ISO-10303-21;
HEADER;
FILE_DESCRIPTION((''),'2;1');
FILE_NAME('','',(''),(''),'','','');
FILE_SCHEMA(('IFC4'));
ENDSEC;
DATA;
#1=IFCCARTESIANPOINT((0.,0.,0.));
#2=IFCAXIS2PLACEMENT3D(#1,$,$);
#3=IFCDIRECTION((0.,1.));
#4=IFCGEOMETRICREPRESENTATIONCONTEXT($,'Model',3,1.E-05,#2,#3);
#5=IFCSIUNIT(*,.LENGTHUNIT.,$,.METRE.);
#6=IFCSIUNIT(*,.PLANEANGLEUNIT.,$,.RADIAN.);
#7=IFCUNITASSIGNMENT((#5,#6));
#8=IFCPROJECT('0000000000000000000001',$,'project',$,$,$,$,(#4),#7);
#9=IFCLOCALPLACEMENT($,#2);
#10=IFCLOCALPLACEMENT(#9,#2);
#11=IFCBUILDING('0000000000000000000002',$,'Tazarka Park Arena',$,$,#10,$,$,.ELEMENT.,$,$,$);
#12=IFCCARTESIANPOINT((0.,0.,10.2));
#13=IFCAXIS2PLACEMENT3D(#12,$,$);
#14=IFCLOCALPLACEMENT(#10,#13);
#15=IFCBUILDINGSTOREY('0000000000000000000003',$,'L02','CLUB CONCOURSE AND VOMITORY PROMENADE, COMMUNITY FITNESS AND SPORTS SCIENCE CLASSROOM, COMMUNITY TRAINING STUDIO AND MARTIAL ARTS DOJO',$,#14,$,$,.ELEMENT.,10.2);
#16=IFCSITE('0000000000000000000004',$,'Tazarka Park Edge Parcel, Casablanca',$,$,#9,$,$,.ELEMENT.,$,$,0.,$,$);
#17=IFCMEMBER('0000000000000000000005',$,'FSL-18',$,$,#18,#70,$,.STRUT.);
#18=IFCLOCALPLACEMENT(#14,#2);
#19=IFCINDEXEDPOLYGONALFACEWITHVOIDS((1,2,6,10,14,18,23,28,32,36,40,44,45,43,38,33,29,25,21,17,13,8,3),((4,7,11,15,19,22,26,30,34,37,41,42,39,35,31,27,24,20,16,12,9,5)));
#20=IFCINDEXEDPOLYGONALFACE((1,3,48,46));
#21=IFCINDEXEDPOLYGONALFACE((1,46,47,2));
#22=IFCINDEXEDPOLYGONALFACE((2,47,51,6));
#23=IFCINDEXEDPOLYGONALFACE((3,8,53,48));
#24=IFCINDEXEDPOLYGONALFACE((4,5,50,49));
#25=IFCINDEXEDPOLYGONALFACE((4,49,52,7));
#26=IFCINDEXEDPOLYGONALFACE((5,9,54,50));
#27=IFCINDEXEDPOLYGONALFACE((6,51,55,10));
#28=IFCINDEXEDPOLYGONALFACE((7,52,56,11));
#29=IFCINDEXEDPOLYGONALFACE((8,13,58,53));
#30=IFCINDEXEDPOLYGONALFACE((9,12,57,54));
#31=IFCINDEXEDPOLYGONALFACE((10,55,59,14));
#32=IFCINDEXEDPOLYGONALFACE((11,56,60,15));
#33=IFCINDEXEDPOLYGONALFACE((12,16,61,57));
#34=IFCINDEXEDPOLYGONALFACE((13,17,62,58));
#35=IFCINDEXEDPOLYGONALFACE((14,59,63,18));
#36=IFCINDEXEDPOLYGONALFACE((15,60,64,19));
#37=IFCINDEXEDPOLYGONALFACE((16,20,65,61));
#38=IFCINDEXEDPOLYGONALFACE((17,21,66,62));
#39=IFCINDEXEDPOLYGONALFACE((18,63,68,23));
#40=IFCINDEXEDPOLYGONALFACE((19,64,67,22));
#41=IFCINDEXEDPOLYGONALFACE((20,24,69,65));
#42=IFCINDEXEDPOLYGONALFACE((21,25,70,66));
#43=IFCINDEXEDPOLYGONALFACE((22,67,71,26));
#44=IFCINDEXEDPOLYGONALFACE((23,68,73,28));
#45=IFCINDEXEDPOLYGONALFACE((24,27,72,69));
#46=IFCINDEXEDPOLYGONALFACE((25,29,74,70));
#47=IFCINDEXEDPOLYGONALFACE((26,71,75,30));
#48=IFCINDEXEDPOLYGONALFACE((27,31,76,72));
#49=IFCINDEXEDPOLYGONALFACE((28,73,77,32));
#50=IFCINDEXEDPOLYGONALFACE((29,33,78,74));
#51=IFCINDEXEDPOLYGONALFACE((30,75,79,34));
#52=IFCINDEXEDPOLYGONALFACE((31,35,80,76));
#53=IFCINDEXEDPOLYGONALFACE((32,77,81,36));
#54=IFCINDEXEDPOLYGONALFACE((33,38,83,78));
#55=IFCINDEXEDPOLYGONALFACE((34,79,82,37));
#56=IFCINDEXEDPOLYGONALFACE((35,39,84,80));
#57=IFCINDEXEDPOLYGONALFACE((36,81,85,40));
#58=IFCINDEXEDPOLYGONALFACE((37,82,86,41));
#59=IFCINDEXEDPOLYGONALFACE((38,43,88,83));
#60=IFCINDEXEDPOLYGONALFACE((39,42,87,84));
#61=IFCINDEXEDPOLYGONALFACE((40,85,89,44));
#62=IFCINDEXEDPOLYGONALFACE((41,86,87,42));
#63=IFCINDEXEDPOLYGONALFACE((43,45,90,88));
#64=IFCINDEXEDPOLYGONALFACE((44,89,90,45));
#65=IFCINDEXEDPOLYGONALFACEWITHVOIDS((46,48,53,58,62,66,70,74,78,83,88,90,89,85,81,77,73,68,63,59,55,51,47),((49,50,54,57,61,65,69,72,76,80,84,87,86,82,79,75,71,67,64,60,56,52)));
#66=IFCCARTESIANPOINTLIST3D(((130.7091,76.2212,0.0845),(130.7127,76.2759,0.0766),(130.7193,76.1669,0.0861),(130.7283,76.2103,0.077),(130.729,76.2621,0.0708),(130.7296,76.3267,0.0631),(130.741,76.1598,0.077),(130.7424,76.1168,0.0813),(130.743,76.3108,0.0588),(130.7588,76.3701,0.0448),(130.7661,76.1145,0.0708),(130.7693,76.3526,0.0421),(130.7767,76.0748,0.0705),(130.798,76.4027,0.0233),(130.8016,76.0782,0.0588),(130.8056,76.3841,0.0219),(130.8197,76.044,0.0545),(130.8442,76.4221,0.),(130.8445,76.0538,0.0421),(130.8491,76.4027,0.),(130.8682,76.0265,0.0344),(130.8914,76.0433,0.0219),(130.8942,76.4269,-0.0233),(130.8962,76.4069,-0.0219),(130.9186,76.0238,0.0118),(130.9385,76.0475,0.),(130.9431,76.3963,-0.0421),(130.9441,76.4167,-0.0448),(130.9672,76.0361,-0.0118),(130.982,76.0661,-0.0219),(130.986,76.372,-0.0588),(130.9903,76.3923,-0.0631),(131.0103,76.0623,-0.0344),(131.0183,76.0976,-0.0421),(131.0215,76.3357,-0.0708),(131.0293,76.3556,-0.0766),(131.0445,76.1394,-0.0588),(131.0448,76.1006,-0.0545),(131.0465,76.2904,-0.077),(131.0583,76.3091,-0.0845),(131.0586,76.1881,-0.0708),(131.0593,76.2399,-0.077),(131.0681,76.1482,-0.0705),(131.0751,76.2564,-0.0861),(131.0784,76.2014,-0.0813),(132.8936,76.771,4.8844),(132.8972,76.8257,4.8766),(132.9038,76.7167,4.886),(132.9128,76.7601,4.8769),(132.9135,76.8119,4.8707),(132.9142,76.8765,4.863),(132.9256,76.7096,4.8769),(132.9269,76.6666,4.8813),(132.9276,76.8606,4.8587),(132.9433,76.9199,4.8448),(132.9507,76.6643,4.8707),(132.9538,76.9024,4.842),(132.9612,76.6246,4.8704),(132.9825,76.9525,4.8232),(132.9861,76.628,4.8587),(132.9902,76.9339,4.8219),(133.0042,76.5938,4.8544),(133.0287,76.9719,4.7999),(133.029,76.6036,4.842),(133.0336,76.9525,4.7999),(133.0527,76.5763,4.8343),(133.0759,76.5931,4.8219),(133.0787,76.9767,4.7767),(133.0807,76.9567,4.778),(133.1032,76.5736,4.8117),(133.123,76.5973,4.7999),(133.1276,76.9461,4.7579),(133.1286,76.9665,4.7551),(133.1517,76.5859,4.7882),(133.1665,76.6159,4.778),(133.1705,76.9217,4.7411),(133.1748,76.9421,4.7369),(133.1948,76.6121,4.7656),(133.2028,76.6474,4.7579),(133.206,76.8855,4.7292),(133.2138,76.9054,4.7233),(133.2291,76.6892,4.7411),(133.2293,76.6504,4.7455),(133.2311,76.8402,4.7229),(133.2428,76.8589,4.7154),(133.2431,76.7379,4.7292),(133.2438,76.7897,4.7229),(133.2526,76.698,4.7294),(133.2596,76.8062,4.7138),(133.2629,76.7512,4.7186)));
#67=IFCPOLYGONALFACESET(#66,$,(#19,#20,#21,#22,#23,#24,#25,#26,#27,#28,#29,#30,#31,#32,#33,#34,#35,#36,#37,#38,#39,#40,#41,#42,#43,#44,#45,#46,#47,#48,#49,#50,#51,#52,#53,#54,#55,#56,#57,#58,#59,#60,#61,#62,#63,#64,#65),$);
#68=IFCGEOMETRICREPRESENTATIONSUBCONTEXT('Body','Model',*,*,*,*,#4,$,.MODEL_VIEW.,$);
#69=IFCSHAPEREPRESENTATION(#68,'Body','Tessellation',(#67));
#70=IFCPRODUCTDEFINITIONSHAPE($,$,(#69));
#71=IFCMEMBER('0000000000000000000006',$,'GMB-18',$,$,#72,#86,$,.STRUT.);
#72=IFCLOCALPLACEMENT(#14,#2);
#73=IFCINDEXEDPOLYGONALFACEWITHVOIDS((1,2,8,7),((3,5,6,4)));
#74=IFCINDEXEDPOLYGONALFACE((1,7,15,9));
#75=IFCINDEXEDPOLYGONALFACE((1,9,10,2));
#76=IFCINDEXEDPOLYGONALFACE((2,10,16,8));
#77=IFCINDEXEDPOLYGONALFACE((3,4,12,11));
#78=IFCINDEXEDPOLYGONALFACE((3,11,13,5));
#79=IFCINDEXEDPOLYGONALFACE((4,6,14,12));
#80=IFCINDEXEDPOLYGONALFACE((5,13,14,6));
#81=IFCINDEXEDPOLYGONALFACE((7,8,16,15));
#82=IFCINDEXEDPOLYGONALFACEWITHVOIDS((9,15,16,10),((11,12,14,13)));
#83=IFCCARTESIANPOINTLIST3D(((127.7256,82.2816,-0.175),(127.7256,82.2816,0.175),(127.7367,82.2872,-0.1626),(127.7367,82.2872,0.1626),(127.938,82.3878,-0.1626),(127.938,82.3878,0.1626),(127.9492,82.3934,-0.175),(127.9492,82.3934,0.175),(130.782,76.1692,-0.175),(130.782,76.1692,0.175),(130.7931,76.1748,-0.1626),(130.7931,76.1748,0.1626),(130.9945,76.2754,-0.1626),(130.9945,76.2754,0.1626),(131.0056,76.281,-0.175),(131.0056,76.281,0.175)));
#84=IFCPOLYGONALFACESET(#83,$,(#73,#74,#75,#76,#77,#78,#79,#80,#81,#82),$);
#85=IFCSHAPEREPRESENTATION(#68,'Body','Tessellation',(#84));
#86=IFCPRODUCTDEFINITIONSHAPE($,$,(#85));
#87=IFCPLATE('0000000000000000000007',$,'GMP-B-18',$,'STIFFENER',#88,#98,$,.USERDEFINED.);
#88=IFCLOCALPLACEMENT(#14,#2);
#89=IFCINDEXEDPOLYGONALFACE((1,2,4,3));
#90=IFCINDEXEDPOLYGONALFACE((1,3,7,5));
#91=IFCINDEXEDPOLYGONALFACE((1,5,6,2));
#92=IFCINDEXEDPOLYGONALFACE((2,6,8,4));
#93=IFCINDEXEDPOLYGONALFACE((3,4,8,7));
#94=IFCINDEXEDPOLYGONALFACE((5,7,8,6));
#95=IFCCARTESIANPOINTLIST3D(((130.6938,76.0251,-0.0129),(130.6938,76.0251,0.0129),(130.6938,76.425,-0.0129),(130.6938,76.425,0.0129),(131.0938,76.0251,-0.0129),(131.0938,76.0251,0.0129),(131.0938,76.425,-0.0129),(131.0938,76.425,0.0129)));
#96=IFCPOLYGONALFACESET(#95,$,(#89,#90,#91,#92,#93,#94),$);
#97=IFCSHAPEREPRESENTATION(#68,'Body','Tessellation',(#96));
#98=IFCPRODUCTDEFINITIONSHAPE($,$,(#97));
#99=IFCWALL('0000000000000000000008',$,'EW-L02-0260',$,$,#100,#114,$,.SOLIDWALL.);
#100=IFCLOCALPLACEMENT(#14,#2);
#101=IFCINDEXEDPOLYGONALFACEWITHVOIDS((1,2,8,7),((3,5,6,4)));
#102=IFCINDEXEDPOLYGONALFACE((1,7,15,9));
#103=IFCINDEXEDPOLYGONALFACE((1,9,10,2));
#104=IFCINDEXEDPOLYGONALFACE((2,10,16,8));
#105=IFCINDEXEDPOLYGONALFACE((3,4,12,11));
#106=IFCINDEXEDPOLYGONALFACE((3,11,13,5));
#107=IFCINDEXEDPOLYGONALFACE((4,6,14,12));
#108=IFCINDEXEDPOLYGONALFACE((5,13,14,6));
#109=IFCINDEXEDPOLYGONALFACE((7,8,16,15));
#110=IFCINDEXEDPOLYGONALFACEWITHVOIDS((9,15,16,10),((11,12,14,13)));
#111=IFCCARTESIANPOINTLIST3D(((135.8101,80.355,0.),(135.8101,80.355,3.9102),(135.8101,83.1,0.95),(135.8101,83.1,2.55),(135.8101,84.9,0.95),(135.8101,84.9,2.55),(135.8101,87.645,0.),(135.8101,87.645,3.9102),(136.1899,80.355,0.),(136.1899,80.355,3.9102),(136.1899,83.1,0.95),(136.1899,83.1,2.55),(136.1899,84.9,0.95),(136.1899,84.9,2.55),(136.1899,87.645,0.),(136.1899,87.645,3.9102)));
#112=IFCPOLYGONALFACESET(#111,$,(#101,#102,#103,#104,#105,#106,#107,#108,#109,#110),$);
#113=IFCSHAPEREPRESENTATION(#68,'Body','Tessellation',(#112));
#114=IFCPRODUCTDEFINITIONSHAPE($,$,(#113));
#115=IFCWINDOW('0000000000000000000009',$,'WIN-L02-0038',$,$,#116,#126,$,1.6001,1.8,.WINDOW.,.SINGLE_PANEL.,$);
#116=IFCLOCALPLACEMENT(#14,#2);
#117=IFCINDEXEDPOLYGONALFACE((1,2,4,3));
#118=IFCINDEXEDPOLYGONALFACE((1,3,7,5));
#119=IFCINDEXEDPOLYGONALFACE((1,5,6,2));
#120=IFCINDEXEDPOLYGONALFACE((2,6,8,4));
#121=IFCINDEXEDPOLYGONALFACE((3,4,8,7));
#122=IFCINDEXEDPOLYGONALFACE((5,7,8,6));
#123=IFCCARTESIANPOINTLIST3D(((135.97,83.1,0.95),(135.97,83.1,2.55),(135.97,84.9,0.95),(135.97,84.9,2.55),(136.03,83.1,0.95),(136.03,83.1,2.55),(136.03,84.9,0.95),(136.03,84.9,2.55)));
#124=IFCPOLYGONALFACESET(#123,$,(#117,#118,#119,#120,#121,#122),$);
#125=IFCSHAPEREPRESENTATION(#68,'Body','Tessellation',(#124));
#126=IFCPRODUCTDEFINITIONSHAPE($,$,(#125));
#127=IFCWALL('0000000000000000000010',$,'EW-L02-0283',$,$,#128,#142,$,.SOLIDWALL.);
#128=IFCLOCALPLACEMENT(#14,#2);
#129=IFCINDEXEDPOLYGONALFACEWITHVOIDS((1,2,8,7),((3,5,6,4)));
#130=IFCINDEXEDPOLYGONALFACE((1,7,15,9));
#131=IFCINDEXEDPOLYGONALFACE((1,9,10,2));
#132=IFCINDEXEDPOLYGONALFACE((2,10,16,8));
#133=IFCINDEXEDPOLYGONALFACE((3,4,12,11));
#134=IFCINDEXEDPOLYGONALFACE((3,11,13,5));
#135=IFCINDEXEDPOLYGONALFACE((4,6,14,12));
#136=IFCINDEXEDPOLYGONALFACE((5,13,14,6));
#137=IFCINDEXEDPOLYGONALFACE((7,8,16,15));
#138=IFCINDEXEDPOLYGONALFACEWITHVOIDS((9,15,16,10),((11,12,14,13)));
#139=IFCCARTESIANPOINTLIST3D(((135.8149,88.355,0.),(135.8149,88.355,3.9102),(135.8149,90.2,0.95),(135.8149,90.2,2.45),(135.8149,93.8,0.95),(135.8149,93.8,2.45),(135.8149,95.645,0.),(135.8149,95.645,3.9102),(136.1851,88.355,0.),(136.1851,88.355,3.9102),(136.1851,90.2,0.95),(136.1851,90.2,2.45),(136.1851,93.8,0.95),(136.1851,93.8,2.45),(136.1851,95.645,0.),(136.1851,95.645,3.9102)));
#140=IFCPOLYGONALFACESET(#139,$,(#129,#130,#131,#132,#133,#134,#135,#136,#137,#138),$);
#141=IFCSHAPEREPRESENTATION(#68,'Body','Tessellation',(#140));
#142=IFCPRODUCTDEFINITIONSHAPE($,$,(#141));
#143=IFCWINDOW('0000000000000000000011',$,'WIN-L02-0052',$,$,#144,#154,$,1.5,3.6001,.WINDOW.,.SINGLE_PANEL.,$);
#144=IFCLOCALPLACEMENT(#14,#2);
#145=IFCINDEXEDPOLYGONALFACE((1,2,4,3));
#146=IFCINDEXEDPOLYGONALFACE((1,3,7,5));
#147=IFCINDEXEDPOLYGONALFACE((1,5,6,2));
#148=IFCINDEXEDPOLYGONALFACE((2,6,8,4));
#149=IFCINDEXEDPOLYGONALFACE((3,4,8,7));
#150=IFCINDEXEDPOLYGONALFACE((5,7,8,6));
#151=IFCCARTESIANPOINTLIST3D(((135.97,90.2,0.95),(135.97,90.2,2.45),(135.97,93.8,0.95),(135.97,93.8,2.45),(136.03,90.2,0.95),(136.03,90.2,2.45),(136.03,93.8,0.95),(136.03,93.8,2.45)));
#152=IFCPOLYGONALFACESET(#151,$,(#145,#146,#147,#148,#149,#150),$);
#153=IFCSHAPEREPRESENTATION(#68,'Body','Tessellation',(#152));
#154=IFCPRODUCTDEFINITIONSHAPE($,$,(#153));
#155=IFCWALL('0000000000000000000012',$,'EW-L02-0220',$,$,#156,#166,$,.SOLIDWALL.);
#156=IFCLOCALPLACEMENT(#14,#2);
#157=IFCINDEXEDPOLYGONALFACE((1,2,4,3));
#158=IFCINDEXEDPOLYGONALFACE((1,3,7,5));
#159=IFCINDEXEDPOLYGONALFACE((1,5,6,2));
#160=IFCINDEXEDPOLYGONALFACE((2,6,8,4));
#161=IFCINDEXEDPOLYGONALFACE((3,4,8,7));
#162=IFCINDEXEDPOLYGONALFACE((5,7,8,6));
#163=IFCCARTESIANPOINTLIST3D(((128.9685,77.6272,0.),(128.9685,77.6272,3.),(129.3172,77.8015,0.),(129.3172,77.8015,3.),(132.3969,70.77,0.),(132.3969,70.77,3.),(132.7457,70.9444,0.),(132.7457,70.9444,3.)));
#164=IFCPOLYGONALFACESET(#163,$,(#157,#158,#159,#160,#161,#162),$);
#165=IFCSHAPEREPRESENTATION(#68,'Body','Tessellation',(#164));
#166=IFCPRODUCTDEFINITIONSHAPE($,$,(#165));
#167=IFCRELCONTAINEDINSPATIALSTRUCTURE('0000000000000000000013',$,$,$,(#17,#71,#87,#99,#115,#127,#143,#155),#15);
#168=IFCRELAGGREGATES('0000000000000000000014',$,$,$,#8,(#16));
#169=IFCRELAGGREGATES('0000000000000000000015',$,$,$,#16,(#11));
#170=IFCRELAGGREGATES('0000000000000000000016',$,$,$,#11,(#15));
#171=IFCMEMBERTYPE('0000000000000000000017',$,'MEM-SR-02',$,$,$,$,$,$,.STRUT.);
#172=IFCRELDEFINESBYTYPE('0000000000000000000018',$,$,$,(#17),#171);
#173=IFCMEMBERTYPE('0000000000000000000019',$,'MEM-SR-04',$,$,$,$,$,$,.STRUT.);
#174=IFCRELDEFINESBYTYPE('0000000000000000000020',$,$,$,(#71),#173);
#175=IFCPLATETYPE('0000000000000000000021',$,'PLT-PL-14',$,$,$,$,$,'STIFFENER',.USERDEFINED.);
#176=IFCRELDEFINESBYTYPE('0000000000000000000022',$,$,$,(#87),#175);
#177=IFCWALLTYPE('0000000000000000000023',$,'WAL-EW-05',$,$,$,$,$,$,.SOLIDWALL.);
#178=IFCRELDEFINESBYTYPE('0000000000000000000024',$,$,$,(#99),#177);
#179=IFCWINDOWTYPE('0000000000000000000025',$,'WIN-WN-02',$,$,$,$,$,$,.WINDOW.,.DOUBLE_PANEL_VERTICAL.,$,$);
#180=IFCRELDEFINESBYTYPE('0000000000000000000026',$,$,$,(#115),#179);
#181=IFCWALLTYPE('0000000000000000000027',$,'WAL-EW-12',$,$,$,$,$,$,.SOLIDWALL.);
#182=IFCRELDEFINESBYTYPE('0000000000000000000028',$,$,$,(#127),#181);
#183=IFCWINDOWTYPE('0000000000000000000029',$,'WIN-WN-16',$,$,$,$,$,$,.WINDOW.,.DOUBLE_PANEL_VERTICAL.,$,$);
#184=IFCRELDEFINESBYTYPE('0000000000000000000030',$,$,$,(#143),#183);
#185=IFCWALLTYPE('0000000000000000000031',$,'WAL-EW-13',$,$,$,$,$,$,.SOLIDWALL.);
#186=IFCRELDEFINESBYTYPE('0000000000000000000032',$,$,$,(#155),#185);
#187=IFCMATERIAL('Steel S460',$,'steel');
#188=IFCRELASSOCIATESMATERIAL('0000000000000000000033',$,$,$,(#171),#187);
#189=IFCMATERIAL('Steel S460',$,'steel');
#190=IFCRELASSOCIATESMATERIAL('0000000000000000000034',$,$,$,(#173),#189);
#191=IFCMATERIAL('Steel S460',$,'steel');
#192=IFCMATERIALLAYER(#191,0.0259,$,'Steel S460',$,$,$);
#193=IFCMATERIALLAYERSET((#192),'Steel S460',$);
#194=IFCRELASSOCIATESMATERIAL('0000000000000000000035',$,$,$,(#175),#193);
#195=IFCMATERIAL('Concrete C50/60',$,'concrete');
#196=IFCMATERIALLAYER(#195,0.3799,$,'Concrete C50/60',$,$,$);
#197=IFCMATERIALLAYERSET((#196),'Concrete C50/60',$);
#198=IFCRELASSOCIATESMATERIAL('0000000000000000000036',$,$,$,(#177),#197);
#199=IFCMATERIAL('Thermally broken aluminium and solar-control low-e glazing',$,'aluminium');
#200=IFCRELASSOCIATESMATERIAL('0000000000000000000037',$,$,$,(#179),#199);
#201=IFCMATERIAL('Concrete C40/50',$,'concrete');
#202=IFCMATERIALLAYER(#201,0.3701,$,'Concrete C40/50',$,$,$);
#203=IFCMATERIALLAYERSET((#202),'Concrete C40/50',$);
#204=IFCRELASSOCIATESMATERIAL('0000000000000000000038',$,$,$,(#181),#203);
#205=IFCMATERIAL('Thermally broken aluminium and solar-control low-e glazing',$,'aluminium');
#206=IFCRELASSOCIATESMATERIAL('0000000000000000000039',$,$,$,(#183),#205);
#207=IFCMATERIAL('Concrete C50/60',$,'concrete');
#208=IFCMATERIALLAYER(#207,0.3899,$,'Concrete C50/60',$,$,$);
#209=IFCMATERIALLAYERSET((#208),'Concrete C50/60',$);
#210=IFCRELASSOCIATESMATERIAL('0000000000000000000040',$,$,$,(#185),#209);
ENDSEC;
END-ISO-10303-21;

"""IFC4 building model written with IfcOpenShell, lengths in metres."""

from ifc_helpers import new_model, si_unit, direction, frame, frame_2d, origin, origin_2d, place, context, subcontext, project, spatial, rectangle, hollow_rectangle, hollow_circle, extrude, material, layer, layer_set, material_profile, profile_set, type_object, element, fill, save


model = new_model("IFC4")

# Units and contexts
model_context = context("Model", 3, precision=1e-05, world=origin(), true_north=direction((0.0, 1.0)))
body_context = subcontext(model_context, "Body", "Model", "MODEL_VIEW")
ifc_project = project(units=[si_unit("LENGTHUNIT", "METRE"), si_unit("PLANEANGLEUNIT", "RADIAN")], contexts=[model_context])

# Site, building, storey
site_placement = place(None, origin())
site = spatial("IfcSite", under=ifc_project, at=site_placement, Name="Tazarka Park Edge Parcel, Casablanca", CompositionType="ELEMENT", RefElevation=0.0)
building_placement = place(site_placement, origin())
building = spatial("IfcBuilding", under=site, at=building_placement, Name="Tazarka Park Arena", CompositionType="ELEMENT")
storey_placement = place(building_placement, frame((0.0, 0.0, 10.2)))
storey = spatial("IfcBuildingStorey", under=building, at=storey_placement, Name="L02", Description="CLUB CONCOURSE AND VOMITORY PROMENADE, COMMUNITY FITNESS AND SPORTS SCIENCE CLASSROOM, COMMUNITY TRAINING STUDIO AND MARTIAL ARTS DOJO", CompositionType="ELEMENT", Elevation=10.2)

# Members
ifc_material_1 = material(Name="Steel S460", Category="steel")
ifc_material_profile_1 = material_profile(ifc_material_1, hollow_circle(Radius=0.2031, WallThickness=0.02, at=origin_2d()), Name="Steel S460")
ifc_profile_set_1 = profile_set([ifc_material_profile_1], Name="Steel S460")
member_type_1 = type_object("IfcMemberType", Name="MEM-SR-02", PredefinedType="STRUT", material=ifc_profile_set_1)
member_1_placement = place(storey_placement, frame((130.8938, 76.2251, 0.0), z_axis=(0.411999, 0.10369, 0.905265), x_axis=(-0.244065, 0.969759, 0.0)))
element("IfcMember", 1, at=member_1_placement, inside=storey, type_object=member_type_1, Name="FSL-18", PredefinedType="STRUT", context=body_context, shape_type="SweptSolid", body=[
    extrude(hollow_circle(Radius=0.2031, WallThickness=0.02, at=origin_2d()), origin(), (0.0, 0.0, 1.0), 5.3022),
])
ifc_material_2 = material(Name="Steel S460", Category="steel")
ifc_material_profile_2 = material_profile(ifc_material_2, hollow_rectangle(XDim=0.25, YDim=0.3501, WallThickness=0.0125, at=origin_2d()), Name="Steel S460")
ifc_profile_set_2 = profile_set([ifc_material_profile_2], Name="Steel S460")
member_type_2 = type_object("IfcMemberType", Name="MEM-SR-04", PredefinedType="STRUT", material=ifc_profile_set_2)
member_2_placement = place(storey_placement, frame((130.8938, 76.2251, 0.0), z_axis=(-0.447242, 0.894413, 0.0), x_axis=(-0.894413, -0.447242, 0.0)))
element("IfcMember", 2, at=member_2_placement, inside=storey, type_object=member_type_2, Name="GMB-18", PredefinedType="STRUT", context=body_context, shape_type="SweptSolid", body=[
    extrude(hollow_rectangle(XDim=0.25, YDim=0.3501, WallThickness=0.0125, at=origin_2d()), origin(), (0.0, 0.0, 1.0), 6.834),
])

# Plate
ifc_material_3 = material(Name="Steel S460", Category="steel")
ifc_layer_1 = layer(ifc_material_3, 0.0259, Name="Steel S460")
ifc_layer_set_1 = layer_set([ifc_layer_1], Name="Steel S460")
plate_type = type_object("IfcPlateType", Name="PLT-PL-14", ElementType="STIFFENER", PredefinedType="USERDEFINED", material=ifc_layer_set_1)
plate_placement = place(storey_placement, frame((130.8938, 76.2251, -0.0129), z_axis=(0.0, 0.0, 1.0), x_axis=(1.0, 0.0, 0.0)))
element("IfcPlate", 3, at=plate_placement, inside=storey, type_object=plate_type, Name="GMP-B-18", ObjectType="STIFFENER", PredefinedType="USERDEFINED", context=body_context, shape_type="SweptSolid", body=[
    extrude(rectangle(XDim=0.3999, YDim=0.3999, at=origin_2d()), origin(), (0.0, 0.0, 1.0), 0.0259),
])

# Walls, openings, windows
ifc_material_4 = material(Name="Concrete C50/60", Category="concrete")
ifc_layer_2 = layer(ifc_material_4, 0.3799, Name="Concrete C50/60")
ifc_layer_set_2 = layer_set([ifc_layer_2], Name="Concrete C50/60")
wall_type_1 = type_object("IfcWallType", Name="WAL-EW-05", PredefinedType="SOLIDWALL", material=ifc_layer_set_2)
wall_1_placement = place(storey_placement, frame((136.0, 80.355, 0.0), z_axis=(0.0, 0.0, 1.0), x_axis=(0.0, 1.0, 0.0)))
wall_1 = element("IfcWall", 4, at=wall_1_placement, inside=storey, type_object=wall_type_1, Name="EW-L02-0260", PredefinedType="SOLIDWALL", context=body_context, shape_type="SweptSolid", body=[
    extrude(rectangle(XDim=7.29, YDim=0.3799, at=frame_2d((3.645, 0.0))), origin(), (0.0, 0.0, 1.0), 3.9102),
])
opening_1_placement = place(wall_1_placement, frame((2.7451, 0.0, 0.95)))
opening_1 = element("IfcOpeningElement", 5, at=opening_1_placement, cuts=wall_1, PredefinedType="OPENING", context=body_context, shape_type="SweptSolid", body=[
    extrude(rectangle(XDim=1.8, YDim=1.6001, at=frame_2d((0.8999, 0.8))), frame((0.0, 0.2, 0.0), z_axis=(0.0, -1.0, 0.0), x_axis=(1.0, 0.0, 0.0)), (0.0, 0.0, 1.0), 0.3999),
])
ifc_material_5 = material(Name="Thermally broken aluminium and solar-control low-e glazing", Category="aluminium")
window_type_1 = type_object("IfcWindowType", Name="WIN-WN-02", PartitioningType="DOUBLE_PANEL_VERTICAL", PredefinedType="WINDOW", material=ifc_material_5)
window_1_placement = place(opening_1_placement, origin())
window_1 = element("IfcWindow", 6, at=window_1_placement, inside=storey, type_object=window_type_1, Name="WIN-L02-0038", OverallHeight=1.6001, OverallWidth=1.8, PartitioningType="SINGLE_PANEL", PredefinedType="WINDOW", context=body_context, shape_type="SweptSolid", body=[
    extrude(rectangle(XDim=1.8, YDim=1.6001, at=frame_2d((0.8999, 0.8))), frame((0.0, 0.03, 0.0), z_axis=(0.0, -1.0, 0.0), x_axis=(1.0, 0.0, 0.0)), (0.0, 0.0, 1.0), 0.0601),
])
fill(opening_1, window_1)
ifc_material_6 = material(Name="Concrete C40/50", Category="concrete")
ifc_layer_3 = layer(ifc_material_6, 0.3701, Name="Concrete C40/50")
ifc_layer_set_3 = layer_set([ifc_layer_3], Name="Concrete C40/50")
wall_type_2 = type_object("IfcWallType", Name="WAL-EW-12", PredefinedType="SOLIDWALL", material=ifc_layer_set_3)
wall_2_placement = place(storey_placement, frame((136.0, 88.355, 0.0), z_axis=(0.0, 0.0, 1.0), x_axis=(0.0, 1.0, 0.0)))
wall_2 = element("IfcWall", 7, at=wall_2_placement, inside=storey, type_object=wall_type_2, Name="EW-L02-0283", PredefinedType="SOLIDWALL", context=body_context, shape_type="SweptSolid", body=[
    extrude(rectangle(XDim=7.29, YDim=0.3701, at=frame_2d((3.645, 0.0))), origin(), (0.0, 0.0, 1.0), 3.9102),
])
opening_2_placement = place(wall_2_placement, frame((1.845, 0.0, 0.95)))
opening_2 = element("IfcOpeningElement", 8, at=opening_2_placement, cuts=wall_2, PredefinedType="OPENING", context=body_context, shape_type="SweptSolid", body=[
    extrude(rectangle(XDim=3.6001, YDim=1.5, at=frame_2d((1.8, 0.75))), frame((0.0, 0.1951, 0.0), z_axis=(0.0, -1.0, 0.0), x_axis=(1.0, 0.0, 0.0)), (0.0, 0.0, 1.0), 0.3901),
])
ifc_material_7 = material(Name="Thermally broken aluminium and solar-control low-e glazing", Category="aluminium")
window_type_2 = type_object("IfcWindowType", Name="WIN-WN-16", PartitioningType="DOUBLE_PANEL_VERTICAL", PredefinedType="WINDOW", material=ifc_material_7)
window_2_placement = place(opening_2_placement, origin())
window_2 = element("IfcWindow", 9, at=window_2_placement, inside=storey, type_object=window_type_2, Name="WIN-L02-0052", OverallHeight=1.5, OverallWidth=3.6001, PartitioningType="SINGLE_PANEL", PredefinedType="WINDOW", context=body_context, shape_type="SweptSolid", body=[
    extrude(rectangle(XDim=3.6001, YDim=1.5, at=frame_2d((1.8, 0.75))), frame((0.0, 0.03, 0.0), z_axis=(0.0, -1.0, 0.0), x_axis=(1.0, 0.0, 0.0)), (0.0, 0.0, 1.0), 0.0601),
])
fill(opening_2, window_2)

# Wall
ifc_material_8 = material(Name="Concrete C50/60", Category="concrete")
ifc_layer_4 = layer(ifc_material_8, 0.3899, Name="Concrete C50/60")
ifc_layer_set_4 = layer_set([ifc_layer_4], Name="Concrete C50/60")
wall_type_3 = type_object("IfcWallType", Name="WAL-EW-13", PredefinedType="SOLIDWALL", material=ifc_layer_set_4)
wall_3_placement = place(storey_placement, frame((129.1428, 77.7144, 0.0), z_axis=(0.0, 0.0, 1.0), x_axis=(0.447201, -0.894434, 0.0)))
element("IfcWall", 10, at=wall_3_placement, inside=storey, type_object=wall_type_3, Name="EW-L02-0220", PredefinedType="SOLIDWALL", context=body_context, shape_type="SweptSolid", body=[
    extrude(rectangle(XDim=7.6665, YDim=0.3899, at=frame_2d((3.8333, 0.0))), origin(), (0.0, 0.0, 1.0), 3.0),
])

save(model, "model.ifc")
